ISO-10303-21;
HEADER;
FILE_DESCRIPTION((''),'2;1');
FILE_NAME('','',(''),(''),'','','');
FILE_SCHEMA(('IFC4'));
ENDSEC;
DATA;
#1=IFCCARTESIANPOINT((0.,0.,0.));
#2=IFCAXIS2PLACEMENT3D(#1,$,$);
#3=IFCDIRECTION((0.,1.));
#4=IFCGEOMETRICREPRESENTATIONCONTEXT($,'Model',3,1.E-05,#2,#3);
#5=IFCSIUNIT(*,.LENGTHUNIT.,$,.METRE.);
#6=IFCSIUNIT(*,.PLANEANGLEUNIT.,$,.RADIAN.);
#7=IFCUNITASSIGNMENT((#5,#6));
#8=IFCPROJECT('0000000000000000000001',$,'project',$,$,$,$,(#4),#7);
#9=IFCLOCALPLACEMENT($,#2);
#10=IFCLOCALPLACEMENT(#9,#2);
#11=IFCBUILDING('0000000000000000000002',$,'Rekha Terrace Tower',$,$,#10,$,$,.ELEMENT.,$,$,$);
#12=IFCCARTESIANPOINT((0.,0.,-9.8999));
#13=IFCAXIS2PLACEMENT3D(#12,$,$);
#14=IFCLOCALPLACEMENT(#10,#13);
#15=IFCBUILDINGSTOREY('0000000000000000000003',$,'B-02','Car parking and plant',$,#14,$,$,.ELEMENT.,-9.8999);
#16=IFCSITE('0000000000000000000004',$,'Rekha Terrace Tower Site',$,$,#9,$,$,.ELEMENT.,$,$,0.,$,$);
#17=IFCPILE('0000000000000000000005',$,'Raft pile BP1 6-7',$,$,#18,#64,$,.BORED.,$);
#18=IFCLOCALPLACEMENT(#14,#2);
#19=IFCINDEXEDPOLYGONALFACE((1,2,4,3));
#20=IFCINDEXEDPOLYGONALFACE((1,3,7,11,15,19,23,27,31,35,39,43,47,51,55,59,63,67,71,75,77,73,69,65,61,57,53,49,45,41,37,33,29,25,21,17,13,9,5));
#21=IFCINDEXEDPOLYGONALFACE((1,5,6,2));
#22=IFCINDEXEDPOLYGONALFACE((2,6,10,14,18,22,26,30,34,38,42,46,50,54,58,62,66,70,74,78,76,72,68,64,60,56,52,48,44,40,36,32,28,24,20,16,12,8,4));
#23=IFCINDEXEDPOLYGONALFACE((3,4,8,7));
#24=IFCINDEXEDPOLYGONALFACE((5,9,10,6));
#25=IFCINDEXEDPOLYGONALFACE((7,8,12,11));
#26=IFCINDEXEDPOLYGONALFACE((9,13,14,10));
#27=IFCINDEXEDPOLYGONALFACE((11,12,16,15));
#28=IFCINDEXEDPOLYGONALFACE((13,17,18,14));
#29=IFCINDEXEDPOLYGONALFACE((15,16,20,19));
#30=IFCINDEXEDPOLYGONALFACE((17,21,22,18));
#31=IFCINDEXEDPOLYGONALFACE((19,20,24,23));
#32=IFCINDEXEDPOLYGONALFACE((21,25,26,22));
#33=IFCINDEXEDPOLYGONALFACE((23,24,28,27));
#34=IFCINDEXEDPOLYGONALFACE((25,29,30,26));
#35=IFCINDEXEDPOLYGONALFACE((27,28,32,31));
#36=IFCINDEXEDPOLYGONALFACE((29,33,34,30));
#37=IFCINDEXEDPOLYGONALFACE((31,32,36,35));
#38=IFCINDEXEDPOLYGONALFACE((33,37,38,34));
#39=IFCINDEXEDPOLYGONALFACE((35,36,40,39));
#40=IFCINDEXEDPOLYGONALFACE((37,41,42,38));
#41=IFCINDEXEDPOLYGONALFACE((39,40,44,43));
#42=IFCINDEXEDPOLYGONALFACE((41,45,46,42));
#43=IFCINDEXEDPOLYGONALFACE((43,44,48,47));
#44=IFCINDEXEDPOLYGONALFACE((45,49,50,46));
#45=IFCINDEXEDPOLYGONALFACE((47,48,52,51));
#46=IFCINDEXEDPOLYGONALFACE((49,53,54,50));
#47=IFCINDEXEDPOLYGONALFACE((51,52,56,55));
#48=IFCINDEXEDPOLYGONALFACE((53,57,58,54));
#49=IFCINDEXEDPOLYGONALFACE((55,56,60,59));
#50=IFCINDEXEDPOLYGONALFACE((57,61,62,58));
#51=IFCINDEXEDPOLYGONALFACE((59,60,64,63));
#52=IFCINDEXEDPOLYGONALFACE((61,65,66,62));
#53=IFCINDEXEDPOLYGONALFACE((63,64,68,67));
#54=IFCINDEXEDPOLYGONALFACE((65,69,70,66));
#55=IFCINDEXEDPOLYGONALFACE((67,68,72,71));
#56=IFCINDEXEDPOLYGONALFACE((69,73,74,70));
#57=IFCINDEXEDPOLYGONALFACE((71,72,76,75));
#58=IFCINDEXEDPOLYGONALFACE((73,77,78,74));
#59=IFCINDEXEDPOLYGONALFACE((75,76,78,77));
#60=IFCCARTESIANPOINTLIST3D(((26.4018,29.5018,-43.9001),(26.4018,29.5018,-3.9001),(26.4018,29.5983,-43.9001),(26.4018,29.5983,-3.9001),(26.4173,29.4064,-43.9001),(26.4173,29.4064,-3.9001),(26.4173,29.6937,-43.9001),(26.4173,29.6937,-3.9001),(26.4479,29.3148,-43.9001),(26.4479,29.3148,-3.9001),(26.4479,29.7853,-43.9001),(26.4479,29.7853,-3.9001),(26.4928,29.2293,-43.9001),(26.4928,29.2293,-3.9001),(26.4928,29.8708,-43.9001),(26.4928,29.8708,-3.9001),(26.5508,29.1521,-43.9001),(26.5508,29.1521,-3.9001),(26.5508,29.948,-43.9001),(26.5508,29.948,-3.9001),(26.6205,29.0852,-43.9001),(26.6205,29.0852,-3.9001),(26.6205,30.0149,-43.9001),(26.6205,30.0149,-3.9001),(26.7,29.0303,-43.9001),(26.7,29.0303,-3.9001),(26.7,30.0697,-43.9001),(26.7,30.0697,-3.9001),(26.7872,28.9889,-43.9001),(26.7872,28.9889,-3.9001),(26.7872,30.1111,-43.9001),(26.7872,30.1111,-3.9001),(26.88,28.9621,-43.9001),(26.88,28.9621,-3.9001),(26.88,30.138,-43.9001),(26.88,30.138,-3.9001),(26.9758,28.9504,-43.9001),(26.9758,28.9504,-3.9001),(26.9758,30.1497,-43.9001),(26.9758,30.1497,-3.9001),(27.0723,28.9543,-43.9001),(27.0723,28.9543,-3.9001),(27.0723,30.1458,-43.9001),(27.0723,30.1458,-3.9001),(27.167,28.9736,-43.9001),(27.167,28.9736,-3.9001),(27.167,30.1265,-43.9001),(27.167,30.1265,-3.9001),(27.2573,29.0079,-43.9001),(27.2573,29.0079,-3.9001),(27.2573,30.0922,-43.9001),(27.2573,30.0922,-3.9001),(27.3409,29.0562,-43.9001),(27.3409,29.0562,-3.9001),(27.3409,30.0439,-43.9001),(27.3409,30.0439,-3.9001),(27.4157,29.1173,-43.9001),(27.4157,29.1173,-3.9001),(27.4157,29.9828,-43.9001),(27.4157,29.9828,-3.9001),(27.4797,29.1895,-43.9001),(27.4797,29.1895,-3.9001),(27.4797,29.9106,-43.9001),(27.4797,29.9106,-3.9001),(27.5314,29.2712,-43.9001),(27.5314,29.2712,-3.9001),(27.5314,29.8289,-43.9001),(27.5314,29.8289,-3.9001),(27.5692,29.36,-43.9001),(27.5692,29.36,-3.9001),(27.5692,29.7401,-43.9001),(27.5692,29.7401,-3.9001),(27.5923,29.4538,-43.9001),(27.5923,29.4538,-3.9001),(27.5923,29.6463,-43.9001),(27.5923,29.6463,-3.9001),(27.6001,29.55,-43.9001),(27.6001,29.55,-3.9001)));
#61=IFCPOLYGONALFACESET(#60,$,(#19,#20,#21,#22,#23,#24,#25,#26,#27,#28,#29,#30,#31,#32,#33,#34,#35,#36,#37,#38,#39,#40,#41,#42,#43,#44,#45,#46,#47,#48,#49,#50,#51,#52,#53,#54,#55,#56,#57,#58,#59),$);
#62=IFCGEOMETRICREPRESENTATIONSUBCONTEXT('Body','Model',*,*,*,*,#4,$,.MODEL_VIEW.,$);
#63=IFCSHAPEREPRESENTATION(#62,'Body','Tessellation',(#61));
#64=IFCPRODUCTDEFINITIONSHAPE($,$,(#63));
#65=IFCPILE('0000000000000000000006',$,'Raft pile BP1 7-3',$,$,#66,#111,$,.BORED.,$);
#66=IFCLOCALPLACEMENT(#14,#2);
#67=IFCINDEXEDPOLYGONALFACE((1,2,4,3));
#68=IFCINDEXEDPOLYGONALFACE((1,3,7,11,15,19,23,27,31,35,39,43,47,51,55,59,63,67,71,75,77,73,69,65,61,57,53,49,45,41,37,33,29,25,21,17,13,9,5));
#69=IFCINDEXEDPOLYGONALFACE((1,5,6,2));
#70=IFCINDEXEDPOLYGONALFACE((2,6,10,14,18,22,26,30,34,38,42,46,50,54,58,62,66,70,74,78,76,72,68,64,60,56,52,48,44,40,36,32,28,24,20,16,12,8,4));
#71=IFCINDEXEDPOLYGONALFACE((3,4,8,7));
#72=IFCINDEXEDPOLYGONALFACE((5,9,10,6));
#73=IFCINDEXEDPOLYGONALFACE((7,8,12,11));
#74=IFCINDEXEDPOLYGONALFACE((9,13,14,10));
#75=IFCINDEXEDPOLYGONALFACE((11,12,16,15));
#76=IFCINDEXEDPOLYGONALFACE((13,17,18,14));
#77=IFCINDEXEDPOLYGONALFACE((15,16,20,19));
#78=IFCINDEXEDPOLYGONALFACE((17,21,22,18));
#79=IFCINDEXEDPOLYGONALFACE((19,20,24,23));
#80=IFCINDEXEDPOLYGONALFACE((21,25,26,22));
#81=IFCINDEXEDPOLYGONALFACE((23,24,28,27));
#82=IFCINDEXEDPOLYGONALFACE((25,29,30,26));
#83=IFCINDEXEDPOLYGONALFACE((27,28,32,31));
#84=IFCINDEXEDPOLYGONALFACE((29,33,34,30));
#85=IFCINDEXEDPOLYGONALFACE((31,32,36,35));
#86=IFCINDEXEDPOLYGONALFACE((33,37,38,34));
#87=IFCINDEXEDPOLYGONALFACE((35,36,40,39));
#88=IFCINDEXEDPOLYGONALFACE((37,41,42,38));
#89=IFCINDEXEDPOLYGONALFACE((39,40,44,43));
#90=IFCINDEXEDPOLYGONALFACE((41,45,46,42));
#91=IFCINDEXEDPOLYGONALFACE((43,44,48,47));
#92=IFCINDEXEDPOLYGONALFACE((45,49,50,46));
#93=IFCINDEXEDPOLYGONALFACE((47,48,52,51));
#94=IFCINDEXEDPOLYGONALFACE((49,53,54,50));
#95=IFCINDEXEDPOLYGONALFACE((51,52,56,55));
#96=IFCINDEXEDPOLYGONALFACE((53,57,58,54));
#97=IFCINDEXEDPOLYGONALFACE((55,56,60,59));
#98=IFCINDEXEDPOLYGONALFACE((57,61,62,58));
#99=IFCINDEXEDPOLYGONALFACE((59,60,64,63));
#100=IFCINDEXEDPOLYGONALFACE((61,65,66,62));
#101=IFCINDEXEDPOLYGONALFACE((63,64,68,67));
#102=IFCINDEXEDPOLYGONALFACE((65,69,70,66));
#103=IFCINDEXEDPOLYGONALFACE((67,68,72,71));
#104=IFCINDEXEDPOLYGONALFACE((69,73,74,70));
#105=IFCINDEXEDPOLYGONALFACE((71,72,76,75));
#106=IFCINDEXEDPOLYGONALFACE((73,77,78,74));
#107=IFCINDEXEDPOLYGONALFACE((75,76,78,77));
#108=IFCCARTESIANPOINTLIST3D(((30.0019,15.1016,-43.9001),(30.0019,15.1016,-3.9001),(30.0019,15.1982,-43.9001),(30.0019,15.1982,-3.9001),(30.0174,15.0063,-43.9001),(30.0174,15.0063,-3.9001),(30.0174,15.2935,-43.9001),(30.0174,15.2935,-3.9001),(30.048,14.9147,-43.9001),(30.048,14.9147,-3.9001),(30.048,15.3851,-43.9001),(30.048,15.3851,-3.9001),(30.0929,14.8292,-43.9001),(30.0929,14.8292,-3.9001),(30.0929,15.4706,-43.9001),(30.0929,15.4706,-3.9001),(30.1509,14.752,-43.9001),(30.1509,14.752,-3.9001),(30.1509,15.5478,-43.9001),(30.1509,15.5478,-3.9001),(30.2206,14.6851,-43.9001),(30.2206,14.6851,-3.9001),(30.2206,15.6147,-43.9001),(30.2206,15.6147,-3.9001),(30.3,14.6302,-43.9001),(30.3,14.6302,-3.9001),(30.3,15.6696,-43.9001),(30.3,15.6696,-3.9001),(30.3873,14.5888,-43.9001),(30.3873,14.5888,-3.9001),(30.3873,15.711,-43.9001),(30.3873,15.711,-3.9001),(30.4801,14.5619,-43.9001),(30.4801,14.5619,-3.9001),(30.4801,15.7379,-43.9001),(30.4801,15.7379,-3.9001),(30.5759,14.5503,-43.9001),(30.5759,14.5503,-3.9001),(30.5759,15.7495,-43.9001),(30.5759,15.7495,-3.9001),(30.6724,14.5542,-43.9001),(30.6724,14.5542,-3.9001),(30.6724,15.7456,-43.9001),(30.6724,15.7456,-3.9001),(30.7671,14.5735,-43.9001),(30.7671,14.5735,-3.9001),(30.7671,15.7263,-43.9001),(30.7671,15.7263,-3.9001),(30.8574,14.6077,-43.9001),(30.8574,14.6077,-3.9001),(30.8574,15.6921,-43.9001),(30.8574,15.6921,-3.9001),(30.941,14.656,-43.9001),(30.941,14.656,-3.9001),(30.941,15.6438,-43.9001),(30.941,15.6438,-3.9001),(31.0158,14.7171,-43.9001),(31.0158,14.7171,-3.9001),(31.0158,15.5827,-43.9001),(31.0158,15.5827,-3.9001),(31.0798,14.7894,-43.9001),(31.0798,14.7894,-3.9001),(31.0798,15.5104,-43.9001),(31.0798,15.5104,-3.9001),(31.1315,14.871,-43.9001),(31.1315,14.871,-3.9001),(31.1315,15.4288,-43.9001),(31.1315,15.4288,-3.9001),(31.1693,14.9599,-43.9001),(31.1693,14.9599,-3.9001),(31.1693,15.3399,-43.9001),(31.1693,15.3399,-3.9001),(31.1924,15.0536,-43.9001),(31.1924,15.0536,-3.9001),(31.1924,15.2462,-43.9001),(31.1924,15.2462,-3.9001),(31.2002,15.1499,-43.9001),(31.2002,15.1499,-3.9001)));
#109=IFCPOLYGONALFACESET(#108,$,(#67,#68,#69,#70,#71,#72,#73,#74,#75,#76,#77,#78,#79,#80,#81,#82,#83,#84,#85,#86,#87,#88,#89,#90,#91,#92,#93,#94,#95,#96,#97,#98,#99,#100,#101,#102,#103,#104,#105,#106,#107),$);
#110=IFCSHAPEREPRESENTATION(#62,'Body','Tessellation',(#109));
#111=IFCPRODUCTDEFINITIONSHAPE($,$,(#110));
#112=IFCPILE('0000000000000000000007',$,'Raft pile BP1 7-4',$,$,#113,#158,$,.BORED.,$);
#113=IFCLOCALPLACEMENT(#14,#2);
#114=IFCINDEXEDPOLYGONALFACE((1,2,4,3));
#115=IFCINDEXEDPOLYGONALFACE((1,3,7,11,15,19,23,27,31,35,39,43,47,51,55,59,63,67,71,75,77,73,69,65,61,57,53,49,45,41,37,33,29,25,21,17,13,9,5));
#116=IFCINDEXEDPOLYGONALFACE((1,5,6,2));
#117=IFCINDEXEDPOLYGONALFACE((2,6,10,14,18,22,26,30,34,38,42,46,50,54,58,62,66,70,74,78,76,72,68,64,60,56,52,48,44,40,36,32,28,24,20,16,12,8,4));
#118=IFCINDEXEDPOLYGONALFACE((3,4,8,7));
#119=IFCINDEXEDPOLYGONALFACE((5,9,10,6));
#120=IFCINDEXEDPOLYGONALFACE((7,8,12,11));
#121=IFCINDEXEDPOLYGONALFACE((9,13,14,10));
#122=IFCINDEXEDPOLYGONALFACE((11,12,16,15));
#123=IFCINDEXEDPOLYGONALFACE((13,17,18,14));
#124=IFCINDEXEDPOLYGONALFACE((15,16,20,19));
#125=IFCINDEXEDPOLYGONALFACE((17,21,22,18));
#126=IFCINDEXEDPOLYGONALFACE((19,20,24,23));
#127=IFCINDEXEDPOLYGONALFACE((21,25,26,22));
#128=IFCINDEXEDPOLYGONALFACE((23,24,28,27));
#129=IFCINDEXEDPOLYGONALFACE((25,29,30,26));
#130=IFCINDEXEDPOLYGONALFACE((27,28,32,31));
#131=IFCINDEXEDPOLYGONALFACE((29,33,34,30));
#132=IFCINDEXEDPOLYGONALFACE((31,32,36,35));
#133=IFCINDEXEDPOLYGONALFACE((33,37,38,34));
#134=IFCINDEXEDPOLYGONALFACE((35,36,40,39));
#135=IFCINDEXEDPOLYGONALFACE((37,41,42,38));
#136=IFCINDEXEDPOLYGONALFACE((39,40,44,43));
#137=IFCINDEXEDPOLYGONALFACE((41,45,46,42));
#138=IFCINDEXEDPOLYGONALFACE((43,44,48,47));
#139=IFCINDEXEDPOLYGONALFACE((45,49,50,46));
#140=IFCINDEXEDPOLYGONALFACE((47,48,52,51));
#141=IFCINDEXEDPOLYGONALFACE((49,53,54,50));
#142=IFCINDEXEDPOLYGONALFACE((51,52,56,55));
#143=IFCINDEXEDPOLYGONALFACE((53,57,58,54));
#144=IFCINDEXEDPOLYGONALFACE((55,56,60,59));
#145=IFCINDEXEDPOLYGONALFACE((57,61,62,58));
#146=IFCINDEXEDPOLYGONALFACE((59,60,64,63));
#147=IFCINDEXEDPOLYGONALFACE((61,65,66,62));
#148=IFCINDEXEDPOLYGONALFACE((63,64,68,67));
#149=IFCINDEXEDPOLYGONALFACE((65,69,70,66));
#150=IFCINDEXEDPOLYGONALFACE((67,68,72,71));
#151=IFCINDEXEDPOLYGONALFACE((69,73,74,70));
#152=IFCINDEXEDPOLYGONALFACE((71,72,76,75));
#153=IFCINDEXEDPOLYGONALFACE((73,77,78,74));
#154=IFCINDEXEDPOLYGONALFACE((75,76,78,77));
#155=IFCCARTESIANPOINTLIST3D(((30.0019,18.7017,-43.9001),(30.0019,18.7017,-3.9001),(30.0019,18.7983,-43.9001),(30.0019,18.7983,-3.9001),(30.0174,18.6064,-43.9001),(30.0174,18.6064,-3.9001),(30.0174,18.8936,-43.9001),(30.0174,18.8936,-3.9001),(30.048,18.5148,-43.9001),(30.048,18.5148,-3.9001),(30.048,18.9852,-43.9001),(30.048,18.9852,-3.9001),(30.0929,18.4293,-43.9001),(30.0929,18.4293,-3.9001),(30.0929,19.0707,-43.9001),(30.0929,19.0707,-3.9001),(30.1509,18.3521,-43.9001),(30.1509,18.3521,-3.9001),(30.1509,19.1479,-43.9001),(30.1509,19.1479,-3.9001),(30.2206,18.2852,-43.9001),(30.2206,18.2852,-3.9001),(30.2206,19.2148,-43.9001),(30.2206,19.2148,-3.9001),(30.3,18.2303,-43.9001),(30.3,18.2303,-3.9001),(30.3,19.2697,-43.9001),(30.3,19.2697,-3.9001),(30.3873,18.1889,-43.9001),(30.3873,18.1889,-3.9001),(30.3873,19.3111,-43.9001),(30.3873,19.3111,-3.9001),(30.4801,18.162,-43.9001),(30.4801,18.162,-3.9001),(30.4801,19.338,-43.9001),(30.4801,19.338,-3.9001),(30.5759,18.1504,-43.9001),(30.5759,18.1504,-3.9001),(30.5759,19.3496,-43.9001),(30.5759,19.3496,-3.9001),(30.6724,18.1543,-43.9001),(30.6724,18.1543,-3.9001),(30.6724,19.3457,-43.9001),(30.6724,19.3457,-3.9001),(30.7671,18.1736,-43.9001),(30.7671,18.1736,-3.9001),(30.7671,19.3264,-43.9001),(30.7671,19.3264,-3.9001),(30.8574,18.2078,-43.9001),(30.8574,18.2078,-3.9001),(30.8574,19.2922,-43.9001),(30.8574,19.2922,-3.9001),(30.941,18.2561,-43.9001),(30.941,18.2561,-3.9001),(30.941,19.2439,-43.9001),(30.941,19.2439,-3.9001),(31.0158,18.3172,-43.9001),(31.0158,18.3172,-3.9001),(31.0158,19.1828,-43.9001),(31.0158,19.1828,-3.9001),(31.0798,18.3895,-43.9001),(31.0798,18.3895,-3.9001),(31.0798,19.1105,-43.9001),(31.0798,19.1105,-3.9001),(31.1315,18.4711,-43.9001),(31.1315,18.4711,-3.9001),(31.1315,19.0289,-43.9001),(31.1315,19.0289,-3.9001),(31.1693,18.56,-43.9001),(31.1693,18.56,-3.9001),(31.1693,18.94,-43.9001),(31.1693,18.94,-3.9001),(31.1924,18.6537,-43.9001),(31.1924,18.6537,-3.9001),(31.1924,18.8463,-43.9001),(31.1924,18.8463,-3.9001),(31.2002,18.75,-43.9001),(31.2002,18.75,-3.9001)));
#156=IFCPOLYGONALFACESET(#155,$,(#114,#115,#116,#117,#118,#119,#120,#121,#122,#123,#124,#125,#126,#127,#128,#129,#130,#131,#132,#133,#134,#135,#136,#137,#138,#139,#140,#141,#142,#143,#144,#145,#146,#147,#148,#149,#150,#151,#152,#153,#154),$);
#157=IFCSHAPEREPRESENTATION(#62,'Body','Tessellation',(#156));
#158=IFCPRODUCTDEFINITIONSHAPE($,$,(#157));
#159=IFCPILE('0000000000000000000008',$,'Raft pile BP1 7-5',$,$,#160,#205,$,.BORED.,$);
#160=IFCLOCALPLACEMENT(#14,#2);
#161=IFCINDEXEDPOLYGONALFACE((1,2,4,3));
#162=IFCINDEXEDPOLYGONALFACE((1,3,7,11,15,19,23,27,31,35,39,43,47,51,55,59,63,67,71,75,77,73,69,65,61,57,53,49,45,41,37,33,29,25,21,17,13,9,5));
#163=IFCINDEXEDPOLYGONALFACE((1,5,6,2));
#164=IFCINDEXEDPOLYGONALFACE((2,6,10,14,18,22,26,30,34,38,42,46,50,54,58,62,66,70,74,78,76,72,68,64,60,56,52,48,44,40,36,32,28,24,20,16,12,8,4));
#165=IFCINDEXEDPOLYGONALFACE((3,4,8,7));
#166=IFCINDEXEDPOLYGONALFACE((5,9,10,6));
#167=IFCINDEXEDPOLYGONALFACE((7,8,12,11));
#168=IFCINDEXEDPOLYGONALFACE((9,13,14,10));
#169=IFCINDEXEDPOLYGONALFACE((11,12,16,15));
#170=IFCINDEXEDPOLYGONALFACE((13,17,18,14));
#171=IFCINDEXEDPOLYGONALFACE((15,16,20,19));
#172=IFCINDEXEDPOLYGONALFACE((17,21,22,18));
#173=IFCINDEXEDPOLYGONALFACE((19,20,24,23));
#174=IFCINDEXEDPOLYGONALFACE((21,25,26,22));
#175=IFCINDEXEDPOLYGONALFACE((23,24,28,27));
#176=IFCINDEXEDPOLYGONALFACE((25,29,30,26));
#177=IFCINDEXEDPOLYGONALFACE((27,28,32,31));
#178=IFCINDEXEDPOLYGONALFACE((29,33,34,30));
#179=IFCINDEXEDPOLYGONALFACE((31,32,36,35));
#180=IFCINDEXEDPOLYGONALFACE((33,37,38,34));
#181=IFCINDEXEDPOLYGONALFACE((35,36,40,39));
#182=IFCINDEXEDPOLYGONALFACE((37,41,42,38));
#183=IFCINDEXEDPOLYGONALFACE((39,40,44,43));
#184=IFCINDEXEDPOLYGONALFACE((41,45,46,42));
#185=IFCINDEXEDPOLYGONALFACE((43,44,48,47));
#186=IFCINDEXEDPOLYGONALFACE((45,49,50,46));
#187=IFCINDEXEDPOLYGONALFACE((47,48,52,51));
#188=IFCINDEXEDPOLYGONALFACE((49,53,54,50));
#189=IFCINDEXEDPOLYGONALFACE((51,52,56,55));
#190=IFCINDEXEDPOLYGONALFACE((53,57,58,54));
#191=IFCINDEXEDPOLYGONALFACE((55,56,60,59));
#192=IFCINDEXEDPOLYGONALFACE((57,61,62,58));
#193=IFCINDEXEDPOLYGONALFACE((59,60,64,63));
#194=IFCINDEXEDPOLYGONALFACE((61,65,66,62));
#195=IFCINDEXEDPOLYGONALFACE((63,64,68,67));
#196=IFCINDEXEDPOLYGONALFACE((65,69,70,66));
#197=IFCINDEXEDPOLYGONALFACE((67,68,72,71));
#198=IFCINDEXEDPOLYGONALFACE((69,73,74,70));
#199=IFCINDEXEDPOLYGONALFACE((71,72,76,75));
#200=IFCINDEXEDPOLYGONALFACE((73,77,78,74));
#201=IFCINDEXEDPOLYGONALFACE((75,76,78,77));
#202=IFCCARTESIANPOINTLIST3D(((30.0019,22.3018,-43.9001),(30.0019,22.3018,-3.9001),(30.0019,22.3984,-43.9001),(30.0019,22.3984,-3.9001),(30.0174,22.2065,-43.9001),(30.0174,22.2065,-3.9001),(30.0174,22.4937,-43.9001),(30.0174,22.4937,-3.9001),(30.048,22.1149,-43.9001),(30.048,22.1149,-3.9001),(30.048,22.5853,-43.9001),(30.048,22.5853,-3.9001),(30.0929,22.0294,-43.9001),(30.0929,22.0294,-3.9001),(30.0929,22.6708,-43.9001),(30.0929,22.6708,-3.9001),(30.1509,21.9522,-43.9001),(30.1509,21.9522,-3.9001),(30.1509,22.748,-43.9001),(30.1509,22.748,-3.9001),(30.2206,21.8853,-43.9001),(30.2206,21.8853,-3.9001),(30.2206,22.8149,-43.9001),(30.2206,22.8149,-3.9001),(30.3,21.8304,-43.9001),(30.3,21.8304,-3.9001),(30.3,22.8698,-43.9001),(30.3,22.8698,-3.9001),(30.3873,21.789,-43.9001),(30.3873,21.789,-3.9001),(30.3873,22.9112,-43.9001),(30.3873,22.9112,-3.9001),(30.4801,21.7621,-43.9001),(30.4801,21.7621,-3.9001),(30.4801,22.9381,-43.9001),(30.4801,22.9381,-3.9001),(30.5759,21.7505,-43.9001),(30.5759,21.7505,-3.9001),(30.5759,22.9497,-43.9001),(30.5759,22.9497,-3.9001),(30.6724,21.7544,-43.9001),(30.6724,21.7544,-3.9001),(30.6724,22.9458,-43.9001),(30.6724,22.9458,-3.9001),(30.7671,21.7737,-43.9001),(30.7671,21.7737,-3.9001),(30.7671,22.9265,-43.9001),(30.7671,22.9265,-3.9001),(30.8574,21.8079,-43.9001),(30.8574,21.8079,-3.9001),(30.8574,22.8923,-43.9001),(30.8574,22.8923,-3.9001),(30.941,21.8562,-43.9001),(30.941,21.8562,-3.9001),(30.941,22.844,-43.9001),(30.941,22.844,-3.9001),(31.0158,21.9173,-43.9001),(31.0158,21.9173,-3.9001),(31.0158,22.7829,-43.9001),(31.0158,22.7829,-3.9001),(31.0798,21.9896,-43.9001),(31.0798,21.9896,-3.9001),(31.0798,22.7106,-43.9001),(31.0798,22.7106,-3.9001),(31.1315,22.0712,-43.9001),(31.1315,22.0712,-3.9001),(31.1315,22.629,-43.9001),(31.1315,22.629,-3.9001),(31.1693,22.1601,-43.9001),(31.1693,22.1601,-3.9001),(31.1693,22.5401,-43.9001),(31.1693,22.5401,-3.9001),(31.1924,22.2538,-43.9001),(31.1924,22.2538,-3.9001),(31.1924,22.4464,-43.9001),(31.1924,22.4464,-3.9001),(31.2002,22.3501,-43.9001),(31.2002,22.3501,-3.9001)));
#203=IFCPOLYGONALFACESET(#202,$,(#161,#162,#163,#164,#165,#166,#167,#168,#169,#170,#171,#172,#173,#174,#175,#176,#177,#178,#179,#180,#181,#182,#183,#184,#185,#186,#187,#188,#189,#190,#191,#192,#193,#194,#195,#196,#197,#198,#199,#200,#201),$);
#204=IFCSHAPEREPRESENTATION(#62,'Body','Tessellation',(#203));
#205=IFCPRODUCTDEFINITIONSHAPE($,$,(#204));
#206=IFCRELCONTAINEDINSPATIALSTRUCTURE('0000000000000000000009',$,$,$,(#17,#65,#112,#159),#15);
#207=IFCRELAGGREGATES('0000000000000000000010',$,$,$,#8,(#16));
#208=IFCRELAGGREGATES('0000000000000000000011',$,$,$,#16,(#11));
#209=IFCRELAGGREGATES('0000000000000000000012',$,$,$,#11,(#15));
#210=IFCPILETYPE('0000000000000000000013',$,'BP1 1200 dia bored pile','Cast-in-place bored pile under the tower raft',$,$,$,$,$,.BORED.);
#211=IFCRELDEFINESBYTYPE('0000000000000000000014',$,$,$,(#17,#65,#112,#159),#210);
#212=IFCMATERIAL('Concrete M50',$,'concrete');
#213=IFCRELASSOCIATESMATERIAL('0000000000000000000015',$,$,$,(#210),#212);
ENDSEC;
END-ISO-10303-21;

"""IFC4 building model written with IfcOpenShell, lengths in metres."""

from ifc_helpers import new_model, si_unit, direction, frame, origin, origin_2d, place, context, subcontext, project, spatial, circle, extrude, material, type_object, element, save


model = new_model("IFC4")

# Units and contexts
model_context = context("Model", 3, precision=1e-05, world=origin(), true_north=direction((0.0, 1.0)))
body_context = subcontext(model_context, "Body", "Model", "MODEL_VIEW")
ifc_project = project(units=[si_unit("LENGTHUNIT", "METRE"), si_unit("PLANEANGLEUNIT", "RADIAN")], contexts=[model_context])

# Site, building, storey
site_placement = place(None, origin())
site = spatial("IfcSite", under=ifc_project, at=site_placement, Name="Rekha Terrace Tower Site", CompositionType="ELEMENT", RefElevation=0.0)
building_placement = place(site_placement, origin())
building = spatial("IfcBuilding", under=site, at=building_placement, Name="Rekha Terrace Tower", CompositionType="ELEMENT")
storey_placement = place(building_placement, frame((0.0, 0.0, -9.8999)))
storey = spatial("IfcBuildingStorey", under=building, at=storey_placement, Name="B-02", Description="Car parking and plant", CompositionType="ELEMENT", Elevation=-9.8999)

# Piles
ifc_material_1 = material(Name="Concrete M50", Category="concrete")
pile_type = type_object("IfcPileType", Name="BP1 1200 dia bored pile", Description="Cast-in-place bored pile under the tower raft", PredefinedType="BORED", material=ifc_material_1)
for number, where, z_axis, x_axis, name in (
    (1, (27.0, 29.55, -3.9001), (0.0, 0.0, -1.0), (1.0, 0.0, 0.0), "Raft pile BP1 6-7"),
    (2, (30.6001, 15.1499, -3.9001), (0.0, 0.0, -1.0), (1.0, 0.0, 0.0), "Raft pile BP1 7-3"),
    (3, (30.6001, 18.75, -3.9001), (0.0, 0.0, -1.0), (1.0, 0.0, 0.0), "Raft pile BP1 7-4"),
    (4, (30.6001, 22.3501, -3.9001), (0.0, 0.0, -1.0), (1.0, 0.0, 0.0), "Raft pile BP1 7-5"),
):
    element("IfcPile", number, at=place(storey_placement, frame(where, z_axis=z_axis, x_axis=x_axis)), inside=storey, type_object=pile_type, Name=name, PredefinedType="BORED", context=body_context, shape_type="SweptSolid", body=[
        extrude(circle(Radius=0.6001, at=origin_2d()), origin(), (0.0, 0.0, 1.0), 40.0),
    ])

save(model, "model.ifc")
